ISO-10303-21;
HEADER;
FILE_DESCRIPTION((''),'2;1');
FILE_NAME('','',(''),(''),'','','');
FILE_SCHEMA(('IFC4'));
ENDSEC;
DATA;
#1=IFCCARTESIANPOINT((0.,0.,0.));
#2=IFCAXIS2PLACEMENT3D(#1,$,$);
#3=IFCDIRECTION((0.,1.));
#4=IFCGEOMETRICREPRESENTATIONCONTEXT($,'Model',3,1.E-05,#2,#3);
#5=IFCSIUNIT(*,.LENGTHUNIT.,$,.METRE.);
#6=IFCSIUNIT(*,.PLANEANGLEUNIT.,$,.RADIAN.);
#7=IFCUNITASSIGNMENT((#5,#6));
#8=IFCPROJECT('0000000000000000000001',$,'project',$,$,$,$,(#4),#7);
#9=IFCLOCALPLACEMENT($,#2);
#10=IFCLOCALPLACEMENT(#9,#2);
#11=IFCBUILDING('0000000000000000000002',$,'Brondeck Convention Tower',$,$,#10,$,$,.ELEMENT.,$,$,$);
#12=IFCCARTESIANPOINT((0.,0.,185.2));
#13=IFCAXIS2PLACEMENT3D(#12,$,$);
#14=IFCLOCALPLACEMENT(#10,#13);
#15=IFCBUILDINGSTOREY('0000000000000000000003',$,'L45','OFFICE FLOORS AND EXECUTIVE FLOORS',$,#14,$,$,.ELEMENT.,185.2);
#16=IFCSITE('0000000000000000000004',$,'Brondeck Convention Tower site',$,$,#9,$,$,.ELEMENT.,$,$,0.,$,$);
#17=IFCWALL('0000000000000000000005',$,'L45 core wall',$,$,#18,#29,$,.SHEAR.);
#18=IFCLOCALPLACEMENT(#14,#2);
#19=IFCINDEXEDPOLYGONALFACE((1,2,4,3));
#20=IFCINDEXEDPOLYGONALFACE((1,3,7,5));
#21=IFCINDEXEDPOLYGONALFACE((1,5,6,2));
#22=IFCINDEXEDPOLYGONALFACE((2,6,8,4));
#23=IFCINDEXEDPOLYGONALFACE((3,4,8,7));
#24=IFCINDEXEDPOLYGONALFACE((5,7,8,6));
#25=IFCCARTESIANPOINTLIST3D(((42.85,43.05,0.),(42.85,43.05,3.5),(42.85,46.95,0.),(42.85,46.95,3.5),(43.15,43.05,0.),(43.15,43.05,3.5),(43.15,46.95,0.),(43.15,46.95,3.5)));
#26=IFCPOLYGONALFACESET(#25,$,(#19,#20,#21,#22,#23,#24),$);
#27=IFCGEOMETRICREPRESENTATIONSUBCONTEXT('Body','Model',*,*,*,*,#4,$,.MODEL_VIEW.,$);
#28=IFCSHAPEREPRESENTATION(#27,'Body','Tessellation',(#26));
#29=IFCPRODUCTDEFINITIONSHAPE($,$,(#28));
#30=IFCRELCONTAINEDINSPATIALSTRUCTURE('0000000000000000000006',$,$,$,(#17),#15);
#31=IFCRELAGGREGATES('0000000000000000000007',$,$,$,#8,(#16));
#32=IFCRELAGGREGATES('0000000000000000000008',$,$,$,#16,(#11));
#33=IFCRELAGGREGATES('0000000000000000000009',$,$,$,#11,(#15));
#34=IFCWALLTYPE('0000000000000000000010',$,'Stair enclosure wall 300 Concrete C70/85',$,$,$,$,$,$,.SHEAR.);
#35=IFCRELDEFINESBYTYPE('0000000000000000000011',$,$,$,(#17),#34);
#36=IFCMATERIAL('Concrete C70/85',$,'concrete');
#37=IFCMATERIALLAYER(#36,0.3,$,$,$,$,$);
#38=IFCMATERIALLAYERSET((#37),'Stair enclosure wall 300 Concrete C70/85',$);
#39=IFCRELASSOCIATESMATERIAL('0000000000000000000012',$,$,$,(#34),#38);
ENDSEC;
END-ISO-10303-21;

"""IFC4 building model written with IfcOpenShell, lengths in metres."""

from ifc_helpers import new_model, si_unit, direction, frame, frame_2d, origin, place, context, subcontext, project, spatial, rectangle, extrude, material, layer, layer_set, type_object, element, save


model = new_model("IFC4")

# Units and contexts
model_context = context("Model", 3, precision=1e-05, world=origin(), true_north=direction((0.0, 1.0)))
body_context = subcontext(model_context, "Body", "Model", "MODEL_VIEW")
ifc_project = project(units=[si_unit("LENGTHUNIT", "METRE"), si_unit("PLANEANGLEUNIT", "RADIAN")], contexts=[model_context])

# Site, building, storey
site_placement = place(None, origin())
site = spatial("IfcSite", under=ifc_project, at=site_placement, Name="Brondeck Convention Tower site", CompositionType="ELEMENT", RefElevation=0.0)
building_placement = place(site_placement, origin())
building = spatial("IfcBuilding", under=site, at=building_placement, Name="Brondeck Convention Tower", CompositionType="ELEMENT")
storey_placement = place(building_placement, frame((0.0, 0.0, 185.2)))
storey = spatial("IfcBuildingStorey", under=building, at=storey_placement, Name="L45", Description="OFFICE FLOORS AND EXECUTIVE FLOORS", CompositionType="ELEMENT", Elevation=185.2)

# Shared definitions
ifc_material_1 = material(Name="Concrete C70/85", Category="concrete")

# Wall
ifc_layer_1 = layer(ifc_material_1, 0.3)
ifc_layer_set_1 = layer_set([ifc_layer_1], Name="Stair enclosure wall 300 Concrete C70/85")
wall_type_1 = type_object("IfcWallType", Name="Stair enclosure wall 300 Concrete C70/85", PredefinedType="SHEAR", material=ifc_layer_set_1)
wall_1_placement = place(storey_placement, frame((43.0, 43.05, 0.0), z_axis=(0.0, 0.0, 1.0), x_axis=(0.0, 1.0, 0.0)))
element("IfcWall", 1, at=wall_1_placement, inside=storey, type_object=wall_type_1, Name="L45 core wall", PredefinedType="SHEAR", context=body_context, shape_type="SweptSolid", body=[
    extrude(rectangle(XDim=3.8999, YDim=0.3, at=frame_2d((1.95, 0.0))), origin(), (0.0, 0.0, 1.0), 3.5),
])

save(model, "model.ifc")
